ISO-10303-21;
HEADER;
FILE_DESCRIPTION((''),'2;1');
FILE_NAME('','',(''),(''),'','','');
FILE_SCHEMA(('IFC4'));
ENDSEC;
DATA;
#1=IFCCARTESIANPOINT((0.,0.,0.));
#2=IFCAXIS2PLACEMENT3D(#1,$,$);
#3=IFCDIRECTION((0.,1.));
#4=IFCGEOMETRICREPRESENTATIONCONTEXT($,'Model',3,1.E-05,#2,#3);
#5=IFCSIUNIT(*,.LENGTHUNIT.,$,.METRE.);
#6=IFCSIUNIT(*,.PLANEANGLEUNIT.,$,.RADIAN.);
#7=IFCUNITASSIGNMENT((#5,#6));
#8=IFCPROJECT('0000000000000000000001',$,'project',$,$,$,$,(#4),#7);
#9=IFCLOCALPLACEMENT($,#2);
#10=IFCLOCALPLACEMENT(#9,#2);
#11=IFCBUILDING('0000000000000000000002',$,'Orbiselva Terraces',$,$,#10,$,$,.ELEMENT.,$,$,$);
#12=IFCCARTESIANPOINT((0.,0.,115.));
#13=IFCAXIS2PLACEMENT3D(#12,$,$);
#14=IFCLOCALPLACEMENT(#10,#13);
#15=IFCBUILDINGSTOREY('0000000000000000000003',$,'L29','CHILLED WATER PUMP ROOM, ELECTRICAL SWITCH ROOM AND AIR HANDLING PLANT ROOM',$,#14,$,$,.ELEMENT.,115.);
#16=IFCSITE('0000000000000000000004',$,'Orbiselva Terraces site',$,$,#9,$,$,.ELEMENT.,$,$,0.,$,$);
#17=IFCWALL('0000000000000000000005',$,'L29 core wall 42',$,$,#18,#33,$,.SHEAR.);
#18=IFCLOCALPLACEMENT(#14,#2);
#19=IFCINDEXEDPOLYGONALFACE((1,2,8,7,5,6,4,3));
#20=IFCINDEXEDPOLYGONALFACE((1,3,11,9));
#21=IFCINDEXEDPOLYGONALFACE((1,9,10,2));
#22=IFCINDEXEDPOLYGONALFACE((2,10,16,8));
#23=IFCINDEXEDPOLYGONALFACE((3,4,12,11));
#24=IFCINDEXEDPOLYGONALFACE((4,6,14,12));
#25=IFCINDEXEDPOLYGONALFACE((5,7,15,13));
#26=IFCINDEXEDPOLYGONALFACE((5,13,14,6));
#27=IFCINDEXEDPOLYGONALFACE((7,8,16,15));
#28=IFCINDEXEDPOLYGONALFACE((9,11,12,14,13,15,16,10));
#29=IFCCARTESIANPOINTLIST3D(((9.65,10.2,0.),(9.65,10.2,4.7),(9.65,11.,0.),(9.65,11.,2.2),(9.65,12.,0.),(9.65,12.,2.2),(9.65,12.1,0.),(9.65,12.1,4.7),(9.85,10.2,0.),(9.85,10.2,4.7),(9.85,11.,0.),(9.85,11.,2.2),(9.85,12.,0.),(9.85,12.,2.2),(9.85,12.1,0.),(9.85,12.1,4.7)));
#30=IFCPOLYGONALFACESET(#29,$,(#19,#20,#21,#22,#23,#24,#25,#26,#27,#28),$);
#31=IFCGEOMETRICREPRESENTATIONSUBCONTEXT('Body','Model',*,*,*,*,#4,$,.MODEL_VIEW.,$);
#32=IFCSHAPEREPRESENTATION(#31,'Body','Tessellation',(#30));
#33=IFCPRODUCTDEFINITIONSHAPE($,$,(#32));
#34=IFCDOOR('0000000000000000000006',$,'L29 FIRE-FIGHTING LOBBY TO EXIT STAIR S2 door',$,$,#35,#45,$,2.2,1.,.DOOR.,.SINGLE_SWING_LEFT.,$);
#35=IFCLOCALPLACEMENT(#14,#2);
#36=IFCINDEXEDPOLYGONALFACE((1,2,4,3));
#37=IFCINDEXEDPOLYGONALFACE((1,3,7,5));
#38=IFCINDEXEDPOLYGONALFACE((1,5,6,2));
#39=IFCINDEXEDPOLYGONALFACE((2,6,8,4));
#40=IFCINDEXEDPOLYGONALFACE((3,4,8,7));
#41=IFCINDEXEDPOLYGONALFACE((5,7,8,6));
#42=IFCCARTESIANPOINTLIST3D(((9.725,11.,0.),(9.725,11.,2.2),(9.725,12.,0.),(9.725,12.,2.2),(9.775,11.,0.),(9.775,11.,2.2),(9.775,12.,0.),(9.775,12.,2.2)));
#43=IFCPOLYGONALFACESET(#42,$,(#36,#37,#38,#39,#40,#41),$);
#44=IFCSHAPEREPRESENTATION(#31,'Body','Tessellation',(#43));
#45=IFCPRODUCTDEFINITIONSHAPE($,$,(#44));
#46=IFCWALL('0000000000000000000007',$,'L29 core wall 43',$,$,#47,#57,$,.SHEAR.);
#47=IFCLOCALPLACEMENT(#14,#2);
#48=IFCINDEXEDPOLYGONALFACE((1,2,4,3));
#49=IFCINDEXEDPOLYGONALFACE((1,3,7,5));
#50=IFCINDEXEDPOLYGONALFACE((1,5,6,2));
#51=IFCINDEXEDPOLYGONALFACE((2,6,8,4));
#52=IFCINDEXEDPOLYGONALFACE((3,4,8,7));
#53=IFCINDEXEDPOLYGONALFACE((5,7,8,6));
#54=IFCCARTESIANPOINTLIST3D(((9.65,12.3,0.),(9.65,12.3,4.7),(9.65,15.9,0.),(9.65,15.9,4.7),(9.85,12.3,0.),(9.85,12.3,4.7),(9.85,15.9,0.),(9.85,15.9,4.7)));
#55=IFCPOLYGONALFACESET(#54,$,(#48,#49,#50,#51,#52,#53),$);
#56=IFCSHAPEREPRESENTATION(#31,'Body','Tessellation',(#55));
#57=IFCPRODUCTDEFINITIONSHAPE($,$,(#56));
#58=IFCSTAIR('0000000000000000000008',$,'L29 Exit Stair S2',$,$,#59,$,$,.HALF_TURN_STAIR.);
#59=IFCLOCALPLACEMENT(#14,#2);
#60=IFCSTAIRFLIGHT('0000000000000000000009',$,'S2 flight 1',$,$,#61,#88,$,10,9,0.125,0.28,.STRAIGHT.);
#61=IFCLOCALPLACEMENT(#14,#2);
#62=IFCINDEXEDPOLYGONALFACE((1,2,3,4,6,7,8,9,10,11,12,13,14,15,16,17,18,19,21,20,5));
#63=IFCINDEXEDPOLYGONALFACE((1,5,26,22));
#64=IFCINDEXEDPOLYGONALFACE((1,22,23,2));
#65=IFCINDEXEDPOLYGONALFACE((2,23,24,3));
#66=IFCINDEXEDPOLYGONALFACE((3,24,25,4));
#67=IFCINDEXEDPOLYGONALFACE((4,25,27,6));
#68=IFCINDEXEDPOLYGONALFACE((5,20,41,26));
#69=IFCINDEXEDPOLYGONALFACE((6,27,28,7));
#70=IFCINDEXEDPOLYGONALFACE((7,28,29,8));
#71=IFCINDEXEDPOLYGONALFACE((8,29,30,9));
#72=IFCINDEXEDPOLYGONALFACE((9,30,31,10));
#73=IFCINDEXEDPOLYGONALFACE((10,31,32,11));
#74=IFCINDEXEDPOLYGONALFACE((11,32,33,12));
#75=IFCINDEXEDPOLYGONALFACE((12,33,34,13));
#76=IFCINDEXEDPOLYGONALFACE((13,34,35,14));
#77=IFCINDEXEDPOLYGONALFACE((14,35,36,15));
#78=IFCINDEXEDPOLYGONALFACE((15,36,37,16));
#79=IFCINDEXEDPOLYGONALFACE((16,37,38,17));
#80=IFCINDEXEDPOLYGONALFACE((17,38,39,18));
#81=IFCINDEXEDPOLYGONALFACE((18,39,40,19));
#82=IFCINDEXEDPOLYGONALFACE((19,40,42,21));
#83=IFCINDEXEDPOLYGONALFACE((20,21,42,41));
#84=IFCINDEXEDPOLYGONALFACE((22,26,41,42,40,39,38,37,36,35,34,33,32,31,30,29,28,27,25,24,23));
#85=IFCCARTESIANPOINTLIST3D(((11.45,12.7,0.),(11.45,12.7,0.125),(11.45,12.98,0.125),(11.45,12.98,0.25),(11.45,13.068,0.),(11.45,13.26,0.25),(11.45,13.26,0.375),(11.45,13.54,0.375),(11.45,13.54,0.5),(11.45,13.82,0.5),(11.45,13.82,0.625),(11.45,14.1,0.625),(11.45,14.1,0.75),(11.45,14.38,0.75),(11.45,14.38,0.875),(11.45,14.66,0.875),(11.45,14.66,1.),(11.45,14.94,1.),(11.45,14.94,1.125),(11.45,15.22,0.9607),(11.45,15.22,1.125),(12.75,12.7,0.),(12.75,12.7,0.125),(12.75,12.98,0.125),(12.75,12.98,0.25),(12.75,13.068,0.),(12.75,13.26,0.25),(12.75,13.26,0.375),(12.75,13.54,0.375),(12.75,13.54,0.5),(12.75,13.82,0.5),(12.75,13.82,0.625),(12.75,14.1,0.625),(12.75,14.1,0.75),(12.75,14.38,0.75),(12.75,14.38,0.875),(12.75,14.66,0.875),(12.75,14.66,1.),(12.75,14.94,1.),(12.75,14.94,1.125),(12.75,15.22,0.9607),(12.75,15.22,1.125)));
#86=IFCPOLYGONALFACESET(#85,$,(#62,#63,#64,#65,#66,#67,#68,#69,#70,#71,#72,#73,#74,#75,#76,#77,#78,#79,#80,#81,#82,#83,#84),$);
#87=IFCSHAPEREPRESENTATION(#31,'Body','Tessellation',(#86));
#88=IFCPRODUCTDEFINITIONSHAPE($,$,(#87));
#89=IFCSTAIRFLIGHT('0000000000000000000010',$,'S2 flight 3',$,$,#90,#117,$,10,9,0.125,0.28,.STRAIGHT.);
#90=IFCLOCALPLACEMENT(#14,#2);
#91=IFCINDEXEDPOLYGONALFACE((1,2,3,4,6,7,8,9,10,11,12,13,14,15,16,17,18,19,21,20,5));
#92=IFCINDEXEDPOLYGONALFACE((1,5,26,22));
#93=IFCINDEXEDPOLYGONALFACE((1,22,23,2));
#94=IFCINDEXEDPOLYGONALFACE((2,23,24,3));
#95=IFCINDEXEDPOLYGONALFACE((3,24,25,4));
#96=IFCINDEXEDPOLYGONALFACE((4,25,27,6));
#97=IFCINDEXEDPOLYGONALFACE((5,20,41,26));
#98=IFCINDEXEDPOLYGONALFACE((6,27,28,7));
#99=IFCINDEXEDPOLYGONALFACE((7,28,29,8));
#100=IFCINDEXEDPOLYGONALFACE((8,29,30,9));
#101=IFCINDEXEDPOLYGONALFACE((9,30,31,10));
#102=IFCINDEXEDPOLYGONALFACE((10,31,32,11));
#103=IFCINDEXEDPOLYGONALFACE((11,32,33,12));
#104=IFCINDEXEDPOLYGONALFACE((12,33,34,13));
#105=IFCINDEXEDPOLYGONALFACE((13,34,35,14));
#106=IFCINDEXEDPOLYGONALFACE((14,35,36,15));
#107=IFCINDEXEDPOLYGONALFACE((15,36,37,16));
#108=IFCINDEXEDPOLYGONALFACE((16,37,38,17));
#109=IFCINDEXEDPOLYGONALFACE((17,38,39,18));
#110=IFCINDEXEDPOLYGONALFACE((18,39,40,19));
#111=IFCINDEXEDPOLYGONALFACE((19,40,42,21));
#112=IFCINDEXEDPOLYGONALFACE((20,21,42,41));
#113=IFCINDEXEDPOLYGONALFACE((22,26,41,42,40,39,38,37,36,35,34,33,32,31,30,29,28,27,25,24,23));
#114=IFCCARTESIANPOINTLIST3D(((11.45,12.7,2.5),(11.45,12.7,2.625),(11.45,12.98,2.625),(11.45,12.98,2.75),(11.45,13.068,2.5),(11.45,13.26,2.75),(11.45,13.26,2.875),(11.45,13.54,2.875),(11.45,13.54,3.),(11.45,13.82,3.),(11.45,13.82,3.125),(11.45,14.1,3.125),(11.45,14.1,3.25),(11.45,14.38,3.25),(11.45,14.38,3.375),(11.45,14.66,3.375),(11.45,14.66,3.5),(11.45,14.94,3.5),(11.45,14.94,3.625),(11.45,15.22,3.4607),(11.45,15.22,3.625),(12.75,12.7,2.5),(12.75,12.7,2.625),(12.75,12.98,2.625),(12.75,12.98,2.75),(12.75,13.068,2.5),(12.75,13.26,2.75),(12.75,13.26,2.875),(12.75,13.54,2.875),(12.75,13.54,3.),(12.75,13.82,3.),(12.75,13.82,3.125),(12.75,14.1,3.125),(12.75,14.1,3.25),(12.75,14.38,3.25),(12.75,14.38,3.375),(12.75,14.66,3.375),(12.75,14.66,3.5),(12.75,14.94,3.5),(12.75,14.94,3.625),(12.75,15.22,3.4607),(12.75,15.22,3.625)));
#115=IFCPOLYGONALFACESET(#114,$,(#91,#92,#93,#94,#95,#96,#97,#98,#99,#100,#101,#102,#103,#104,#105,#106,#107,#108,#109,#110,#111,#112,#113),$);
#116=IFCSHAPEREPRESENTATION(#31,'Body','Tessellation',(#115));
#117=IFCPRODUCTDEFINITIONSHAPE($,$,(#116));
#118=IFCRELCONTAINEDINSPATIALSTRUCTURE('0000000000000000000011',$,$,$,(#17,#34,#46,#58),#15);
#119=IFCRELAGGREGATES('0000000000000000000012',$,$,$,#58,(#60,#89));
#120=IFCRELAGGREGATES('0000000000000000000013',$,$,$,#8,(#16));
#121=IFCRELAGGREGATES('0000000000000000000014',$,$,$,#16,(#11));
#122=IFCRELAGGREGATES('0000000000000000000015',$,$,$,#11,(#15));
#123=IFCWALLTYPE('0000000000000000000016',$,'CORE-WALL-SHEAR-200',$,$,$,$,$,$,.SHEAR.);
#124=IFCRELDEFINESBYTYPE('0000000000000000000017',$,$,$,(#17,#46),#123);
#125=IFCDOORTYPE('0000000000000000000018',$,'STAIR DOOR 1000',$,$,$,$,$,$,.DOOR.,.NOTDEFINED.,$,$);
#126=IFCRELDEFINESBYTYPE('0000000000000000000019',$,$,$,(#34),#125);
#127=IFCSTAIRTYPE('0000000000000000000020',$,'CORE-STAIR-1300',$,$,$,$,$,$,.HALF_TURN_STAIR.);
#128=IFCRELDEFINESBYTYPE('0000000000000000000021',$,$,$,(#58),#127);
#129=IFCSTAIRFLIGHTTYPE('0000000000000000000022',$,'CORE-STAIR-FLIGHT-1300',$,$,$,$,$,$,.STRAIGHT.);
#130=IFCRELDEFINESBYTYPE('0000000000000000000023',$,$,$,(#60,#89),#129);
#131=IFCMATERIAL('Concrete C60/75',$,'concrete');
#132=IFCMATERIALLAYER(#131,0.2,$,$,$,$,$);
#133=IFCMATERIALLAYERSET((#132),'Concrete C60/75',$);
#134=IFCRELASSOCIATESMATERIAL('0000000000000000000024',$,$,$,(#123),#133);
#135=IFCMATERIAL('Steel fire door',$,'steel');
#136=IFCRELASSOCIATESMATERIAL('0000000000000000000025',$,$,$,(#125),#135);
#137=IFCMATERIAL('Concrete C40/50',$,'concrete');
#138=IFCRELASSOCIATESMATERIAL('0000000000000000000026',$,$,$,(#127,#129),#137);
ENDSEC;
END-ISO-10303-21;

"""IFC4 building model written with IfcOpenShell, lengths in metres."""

from ifc_helpers import new_model, si_unit, direction, frame, frame_2d, origin, place, context, subcontext, project, spatial, polyline, rectangle, outline, extrude, material, layer, layer_set, type_object, element, fill, aggregate, save


model = new_model("IFC4")

# Units and contexts
model_context = context("Model", 3, precision=1e-05, world=origin(), true_north=direction((0.0, 1.0)))
body_context = subcontext(model_context, "Body", "Model", "MODEL_VIEW")
ifc_project = project(units=[si_unit("LENGTHUNIT", "METRE"), si_unit("PLANEANGLEUNIT", "RADIAN")], contexts=[model_context])

# Site, building, storey
site_placement = place(None, origin())
site = spatial("IfcSite", under=ifc_project, at=site_placement, Name="Orbiselva Terraces site", CompositionType="ELEMENT", RefElevation=0.0)
building_placement = place(site_placement, origin())
building = spatial("IfcBuilding", under=site, at=building_placement, Name="Orbiselva Terraces", CompositionType="ELEMENT")
storey_placement = place(building_placement, frame((0.0, 0.0, 115.0)))
storey = spatial("IfcBuildingStorey", under=building, at=storey_placement, Name="L29", Description="CHILLED WATER PUMP ROOM, ELECTRICAL SWITCH ROOM AND AIR HANDLING PLANT ROOM", CompositionType="ELEMENT", Elevation=115.0)

# Shared definitions
ifc_material_1 = material(Name="Concrete C60/75", Category="concrete")
ifc_layer_1 = layer(ifc_material_1, 0.2)
ifc_layer_set_1 = layer_set([ifc_layer_1], Name="Concrete C60/75")
wall_type_1 = type_object("IfcWallType", Name="CORE-WALL-SHEAR-200", PredefinedType="SHEAR", material=ifc_layer_set_1)
ifc_material_2 = material(Name="Steel fire door", Category="steel")

# Wall, opening, door
wall_1_placement = place(storey_placement, frame((9.75, 12.1, 0.0), z_axis=(0.0, 0.0, 1.0), x_axis=(0.0, -1.0, 0.0)))
wall_1 = element("IfcWall", 1, at=wall_1_placement, inside=storey, type_object=wall_type_1, Name="L29 core wall 42", PredefinedType="SHEAR", context=body_context, shape_type="SweptSolid", body=[
    extrude(rectangle(XDim=1.9, YDim=0.2, at=frame_2d((0.95, 0.0))), origin(), (0.0, 0.0, 1.0), 4.7),
])
opening_1_placement = place(wall_1_placement, frame((0.1, 0.0, 0.0)))
opening_1 = element("IfcOpeningElement", 2, at=opening_1_placement, cuts=wall_1, PredefinedType="OPENING", context=body_context, shape_type="SweptSolid", body=[
    extrude(rectangle(XDim=1.0, YDim=2.2, at=frame_2d((0.5, 1.1))), frame((0.0, 0.11, 0.0), z_axis=(0.0, -1.0, 0.0), x_axis=(1.0, 0.0, 0.0)), (0.0, 0.0, 1.0), 0.22),
])
door_type_1 = type_object("IfcDoorType", Name="STAIR DOOR 1000", OperationType="NOTDEFINED", PredefinedType="DOOR", material=ifc_material_2)
door_1_placement = place(opening_1_placement, origin())
door_1 = element("IfcDoor", 3, at=door_1_placement, inside=storey, type_object=door_type_1, Name="L29 FIRE-FIGHTING LOBBY TO EXIT STAIR S2 door", OperationType="SINGLE_SWING_LEFT", OverallHeight=2.2, OverallWidth=1.0, PredefinedType="DOOR", context=body_context, shape_type="SweptSolid", body=[
    extrude(rectangle(XDim=1.0, YDim=2.2, at=frame_2d((0.5, 1.1))), frame((0.0, 0.025, 0.0), z_axis=(0.0, -1.0, 0.0), x_axis=(1.0, 0.0, 0.0)), (0.0, 0.0, 1.0), 0.05),
])
fill(opening_1, door_1)

# Wall
wall_2_placement = place(storey_placement, frame((9.75, 12.3, 0.0), z_axis=(0.0, 0.0, 1.0), x_axis=(0.0, 1.0, 0.0)))
element("IfcWall", 4, at=wall_2_placement, inside=storey, type_object=wall_type_1, Name="L29 core wall 43", PredefinedType="SHEAR", context=body_context, shape_type="SweptSolid", body=[
    extrude(rectangle(XDim=3.6, YDim=0.2, at=frame_2d((1.8, 0.0))), origin(), (0.0, 0.0, 1.0), 4.7),
])

# Stair, stair flights
ifc_material_3 = material(Name="Concrete C40/50", Category="concrete")
stair_type = type_object("IfcStairType", Name="CORE-STAIR-1300", PredefinedType="HALF_TURN_STAIR", material=ifc_material_3)
stair_placement = place(storey_placement, origin())
stair = element("IfcStair", 5, at=stair_placement, inside=storey, type_object=stair_type, Name="L29 Exit Stair S2", PredefinedType="HALF_TURN_STAIR")
stair_flight_type = type_object("IfcStairFlightType", Name="CORE-STAIR-FLIGHT-1300", PredefinedType="STRAIGHT", material=ifc_material_3)
stair_flight_1_placement = place(storey_placement, frame((12.1, 12.7, 0.0), z_axis=(0.0, 0.0, 1.0), x_axis=(0.0, 1.0, 0.0)))
stair_flight_1 = element("IfcStairFlight", 6, at=stair_flight_1_placement, type_object=stair_flight_type, Name="S2 flight 1", NumberOfRisers=10, NumberOfTreads=9, PredefinedType="STRAIGHT", RiserHeight=0.125, TreadLength=0.28, context=body_context, shape_type="SweptSolid", body=[
    extrude(outline(polyline([(0.0, 0.0), (0.0, 0.125), (0.28, 0.125), (0.28, 0.25), (0.56, 0.25), (0.56, 0.375), (0.84, 0.375), (0.84, 0.5), (1.12, 0.5), (1.12, 0.625), (1.4, 0.625), (1.4, 0.75), (1.68, 0.75), (1.68, 0.875), (1.96, 0.875), (1.96, 1.0), (2.24, 1.0), (2.24, 1.125), (2.52, 1.125), (2.52, 1.25), (2.52, 0.9607), (0.368, 0.0), (0.0, 0.0)])), frame((0.0, 0.65, 0.0), z_axis=(0.0, -1.0, 0.0), x_axis=(1.0, 0.0, 0.0)), (0.0, 0.0, 1.0), 1.3),
])
stair_flight_2_placement = place(storey_placement, frame((12.1, 12.7, 2.5), z_axis=(0.0, 0.0, 1.0), x_axis=(0.0, 1.0, 0.0)))
stair_flight_2 = element("IfcStairFlight", 7, at=stair_flight_2_placement, type_object=stair_flight_type, Name="S2 flight 3", NumberOfRisers=10, NumberOfTreads=9, PredefinedType="STRAIGHT", RiserHeight=0.125, TreadLength=0.28, context=body_context, shape_type="SweptSolid", body=[
    extrude(outline(polyline([(0.0, 0.0), (0.0, 0.125), (0.28, 0.125), (0.28, 0.25), (0.56, 0.25), (0.56, 0.375), (0.84, 0.375), (0.84, 0.5), (1.12, 0.5), (1.12, 0.625), (1.4, 0.625), (1.4, 0.75), (1.68, 0.75), (1.68, 0.875), (1.96, 0.875), (1.96, 1.0), (2.24, 1.0), (2.24, 1.125), (2.52, 1.125), (2.52, 1.25), (2.52, 0.9607), (0.368, 0.0), (0.0, 0.0)])), frame((0.0, 0.65, 0.0), z_axis=(0.0, -1.0, 0.0), x_axis=(1.0, 0.0, 0.0)), (0.0, 0.0, 1.0), 1.3),
])
aggregate(stair, [stair_flight_1, stair_flight_2])

save(model, "model.ifc")
